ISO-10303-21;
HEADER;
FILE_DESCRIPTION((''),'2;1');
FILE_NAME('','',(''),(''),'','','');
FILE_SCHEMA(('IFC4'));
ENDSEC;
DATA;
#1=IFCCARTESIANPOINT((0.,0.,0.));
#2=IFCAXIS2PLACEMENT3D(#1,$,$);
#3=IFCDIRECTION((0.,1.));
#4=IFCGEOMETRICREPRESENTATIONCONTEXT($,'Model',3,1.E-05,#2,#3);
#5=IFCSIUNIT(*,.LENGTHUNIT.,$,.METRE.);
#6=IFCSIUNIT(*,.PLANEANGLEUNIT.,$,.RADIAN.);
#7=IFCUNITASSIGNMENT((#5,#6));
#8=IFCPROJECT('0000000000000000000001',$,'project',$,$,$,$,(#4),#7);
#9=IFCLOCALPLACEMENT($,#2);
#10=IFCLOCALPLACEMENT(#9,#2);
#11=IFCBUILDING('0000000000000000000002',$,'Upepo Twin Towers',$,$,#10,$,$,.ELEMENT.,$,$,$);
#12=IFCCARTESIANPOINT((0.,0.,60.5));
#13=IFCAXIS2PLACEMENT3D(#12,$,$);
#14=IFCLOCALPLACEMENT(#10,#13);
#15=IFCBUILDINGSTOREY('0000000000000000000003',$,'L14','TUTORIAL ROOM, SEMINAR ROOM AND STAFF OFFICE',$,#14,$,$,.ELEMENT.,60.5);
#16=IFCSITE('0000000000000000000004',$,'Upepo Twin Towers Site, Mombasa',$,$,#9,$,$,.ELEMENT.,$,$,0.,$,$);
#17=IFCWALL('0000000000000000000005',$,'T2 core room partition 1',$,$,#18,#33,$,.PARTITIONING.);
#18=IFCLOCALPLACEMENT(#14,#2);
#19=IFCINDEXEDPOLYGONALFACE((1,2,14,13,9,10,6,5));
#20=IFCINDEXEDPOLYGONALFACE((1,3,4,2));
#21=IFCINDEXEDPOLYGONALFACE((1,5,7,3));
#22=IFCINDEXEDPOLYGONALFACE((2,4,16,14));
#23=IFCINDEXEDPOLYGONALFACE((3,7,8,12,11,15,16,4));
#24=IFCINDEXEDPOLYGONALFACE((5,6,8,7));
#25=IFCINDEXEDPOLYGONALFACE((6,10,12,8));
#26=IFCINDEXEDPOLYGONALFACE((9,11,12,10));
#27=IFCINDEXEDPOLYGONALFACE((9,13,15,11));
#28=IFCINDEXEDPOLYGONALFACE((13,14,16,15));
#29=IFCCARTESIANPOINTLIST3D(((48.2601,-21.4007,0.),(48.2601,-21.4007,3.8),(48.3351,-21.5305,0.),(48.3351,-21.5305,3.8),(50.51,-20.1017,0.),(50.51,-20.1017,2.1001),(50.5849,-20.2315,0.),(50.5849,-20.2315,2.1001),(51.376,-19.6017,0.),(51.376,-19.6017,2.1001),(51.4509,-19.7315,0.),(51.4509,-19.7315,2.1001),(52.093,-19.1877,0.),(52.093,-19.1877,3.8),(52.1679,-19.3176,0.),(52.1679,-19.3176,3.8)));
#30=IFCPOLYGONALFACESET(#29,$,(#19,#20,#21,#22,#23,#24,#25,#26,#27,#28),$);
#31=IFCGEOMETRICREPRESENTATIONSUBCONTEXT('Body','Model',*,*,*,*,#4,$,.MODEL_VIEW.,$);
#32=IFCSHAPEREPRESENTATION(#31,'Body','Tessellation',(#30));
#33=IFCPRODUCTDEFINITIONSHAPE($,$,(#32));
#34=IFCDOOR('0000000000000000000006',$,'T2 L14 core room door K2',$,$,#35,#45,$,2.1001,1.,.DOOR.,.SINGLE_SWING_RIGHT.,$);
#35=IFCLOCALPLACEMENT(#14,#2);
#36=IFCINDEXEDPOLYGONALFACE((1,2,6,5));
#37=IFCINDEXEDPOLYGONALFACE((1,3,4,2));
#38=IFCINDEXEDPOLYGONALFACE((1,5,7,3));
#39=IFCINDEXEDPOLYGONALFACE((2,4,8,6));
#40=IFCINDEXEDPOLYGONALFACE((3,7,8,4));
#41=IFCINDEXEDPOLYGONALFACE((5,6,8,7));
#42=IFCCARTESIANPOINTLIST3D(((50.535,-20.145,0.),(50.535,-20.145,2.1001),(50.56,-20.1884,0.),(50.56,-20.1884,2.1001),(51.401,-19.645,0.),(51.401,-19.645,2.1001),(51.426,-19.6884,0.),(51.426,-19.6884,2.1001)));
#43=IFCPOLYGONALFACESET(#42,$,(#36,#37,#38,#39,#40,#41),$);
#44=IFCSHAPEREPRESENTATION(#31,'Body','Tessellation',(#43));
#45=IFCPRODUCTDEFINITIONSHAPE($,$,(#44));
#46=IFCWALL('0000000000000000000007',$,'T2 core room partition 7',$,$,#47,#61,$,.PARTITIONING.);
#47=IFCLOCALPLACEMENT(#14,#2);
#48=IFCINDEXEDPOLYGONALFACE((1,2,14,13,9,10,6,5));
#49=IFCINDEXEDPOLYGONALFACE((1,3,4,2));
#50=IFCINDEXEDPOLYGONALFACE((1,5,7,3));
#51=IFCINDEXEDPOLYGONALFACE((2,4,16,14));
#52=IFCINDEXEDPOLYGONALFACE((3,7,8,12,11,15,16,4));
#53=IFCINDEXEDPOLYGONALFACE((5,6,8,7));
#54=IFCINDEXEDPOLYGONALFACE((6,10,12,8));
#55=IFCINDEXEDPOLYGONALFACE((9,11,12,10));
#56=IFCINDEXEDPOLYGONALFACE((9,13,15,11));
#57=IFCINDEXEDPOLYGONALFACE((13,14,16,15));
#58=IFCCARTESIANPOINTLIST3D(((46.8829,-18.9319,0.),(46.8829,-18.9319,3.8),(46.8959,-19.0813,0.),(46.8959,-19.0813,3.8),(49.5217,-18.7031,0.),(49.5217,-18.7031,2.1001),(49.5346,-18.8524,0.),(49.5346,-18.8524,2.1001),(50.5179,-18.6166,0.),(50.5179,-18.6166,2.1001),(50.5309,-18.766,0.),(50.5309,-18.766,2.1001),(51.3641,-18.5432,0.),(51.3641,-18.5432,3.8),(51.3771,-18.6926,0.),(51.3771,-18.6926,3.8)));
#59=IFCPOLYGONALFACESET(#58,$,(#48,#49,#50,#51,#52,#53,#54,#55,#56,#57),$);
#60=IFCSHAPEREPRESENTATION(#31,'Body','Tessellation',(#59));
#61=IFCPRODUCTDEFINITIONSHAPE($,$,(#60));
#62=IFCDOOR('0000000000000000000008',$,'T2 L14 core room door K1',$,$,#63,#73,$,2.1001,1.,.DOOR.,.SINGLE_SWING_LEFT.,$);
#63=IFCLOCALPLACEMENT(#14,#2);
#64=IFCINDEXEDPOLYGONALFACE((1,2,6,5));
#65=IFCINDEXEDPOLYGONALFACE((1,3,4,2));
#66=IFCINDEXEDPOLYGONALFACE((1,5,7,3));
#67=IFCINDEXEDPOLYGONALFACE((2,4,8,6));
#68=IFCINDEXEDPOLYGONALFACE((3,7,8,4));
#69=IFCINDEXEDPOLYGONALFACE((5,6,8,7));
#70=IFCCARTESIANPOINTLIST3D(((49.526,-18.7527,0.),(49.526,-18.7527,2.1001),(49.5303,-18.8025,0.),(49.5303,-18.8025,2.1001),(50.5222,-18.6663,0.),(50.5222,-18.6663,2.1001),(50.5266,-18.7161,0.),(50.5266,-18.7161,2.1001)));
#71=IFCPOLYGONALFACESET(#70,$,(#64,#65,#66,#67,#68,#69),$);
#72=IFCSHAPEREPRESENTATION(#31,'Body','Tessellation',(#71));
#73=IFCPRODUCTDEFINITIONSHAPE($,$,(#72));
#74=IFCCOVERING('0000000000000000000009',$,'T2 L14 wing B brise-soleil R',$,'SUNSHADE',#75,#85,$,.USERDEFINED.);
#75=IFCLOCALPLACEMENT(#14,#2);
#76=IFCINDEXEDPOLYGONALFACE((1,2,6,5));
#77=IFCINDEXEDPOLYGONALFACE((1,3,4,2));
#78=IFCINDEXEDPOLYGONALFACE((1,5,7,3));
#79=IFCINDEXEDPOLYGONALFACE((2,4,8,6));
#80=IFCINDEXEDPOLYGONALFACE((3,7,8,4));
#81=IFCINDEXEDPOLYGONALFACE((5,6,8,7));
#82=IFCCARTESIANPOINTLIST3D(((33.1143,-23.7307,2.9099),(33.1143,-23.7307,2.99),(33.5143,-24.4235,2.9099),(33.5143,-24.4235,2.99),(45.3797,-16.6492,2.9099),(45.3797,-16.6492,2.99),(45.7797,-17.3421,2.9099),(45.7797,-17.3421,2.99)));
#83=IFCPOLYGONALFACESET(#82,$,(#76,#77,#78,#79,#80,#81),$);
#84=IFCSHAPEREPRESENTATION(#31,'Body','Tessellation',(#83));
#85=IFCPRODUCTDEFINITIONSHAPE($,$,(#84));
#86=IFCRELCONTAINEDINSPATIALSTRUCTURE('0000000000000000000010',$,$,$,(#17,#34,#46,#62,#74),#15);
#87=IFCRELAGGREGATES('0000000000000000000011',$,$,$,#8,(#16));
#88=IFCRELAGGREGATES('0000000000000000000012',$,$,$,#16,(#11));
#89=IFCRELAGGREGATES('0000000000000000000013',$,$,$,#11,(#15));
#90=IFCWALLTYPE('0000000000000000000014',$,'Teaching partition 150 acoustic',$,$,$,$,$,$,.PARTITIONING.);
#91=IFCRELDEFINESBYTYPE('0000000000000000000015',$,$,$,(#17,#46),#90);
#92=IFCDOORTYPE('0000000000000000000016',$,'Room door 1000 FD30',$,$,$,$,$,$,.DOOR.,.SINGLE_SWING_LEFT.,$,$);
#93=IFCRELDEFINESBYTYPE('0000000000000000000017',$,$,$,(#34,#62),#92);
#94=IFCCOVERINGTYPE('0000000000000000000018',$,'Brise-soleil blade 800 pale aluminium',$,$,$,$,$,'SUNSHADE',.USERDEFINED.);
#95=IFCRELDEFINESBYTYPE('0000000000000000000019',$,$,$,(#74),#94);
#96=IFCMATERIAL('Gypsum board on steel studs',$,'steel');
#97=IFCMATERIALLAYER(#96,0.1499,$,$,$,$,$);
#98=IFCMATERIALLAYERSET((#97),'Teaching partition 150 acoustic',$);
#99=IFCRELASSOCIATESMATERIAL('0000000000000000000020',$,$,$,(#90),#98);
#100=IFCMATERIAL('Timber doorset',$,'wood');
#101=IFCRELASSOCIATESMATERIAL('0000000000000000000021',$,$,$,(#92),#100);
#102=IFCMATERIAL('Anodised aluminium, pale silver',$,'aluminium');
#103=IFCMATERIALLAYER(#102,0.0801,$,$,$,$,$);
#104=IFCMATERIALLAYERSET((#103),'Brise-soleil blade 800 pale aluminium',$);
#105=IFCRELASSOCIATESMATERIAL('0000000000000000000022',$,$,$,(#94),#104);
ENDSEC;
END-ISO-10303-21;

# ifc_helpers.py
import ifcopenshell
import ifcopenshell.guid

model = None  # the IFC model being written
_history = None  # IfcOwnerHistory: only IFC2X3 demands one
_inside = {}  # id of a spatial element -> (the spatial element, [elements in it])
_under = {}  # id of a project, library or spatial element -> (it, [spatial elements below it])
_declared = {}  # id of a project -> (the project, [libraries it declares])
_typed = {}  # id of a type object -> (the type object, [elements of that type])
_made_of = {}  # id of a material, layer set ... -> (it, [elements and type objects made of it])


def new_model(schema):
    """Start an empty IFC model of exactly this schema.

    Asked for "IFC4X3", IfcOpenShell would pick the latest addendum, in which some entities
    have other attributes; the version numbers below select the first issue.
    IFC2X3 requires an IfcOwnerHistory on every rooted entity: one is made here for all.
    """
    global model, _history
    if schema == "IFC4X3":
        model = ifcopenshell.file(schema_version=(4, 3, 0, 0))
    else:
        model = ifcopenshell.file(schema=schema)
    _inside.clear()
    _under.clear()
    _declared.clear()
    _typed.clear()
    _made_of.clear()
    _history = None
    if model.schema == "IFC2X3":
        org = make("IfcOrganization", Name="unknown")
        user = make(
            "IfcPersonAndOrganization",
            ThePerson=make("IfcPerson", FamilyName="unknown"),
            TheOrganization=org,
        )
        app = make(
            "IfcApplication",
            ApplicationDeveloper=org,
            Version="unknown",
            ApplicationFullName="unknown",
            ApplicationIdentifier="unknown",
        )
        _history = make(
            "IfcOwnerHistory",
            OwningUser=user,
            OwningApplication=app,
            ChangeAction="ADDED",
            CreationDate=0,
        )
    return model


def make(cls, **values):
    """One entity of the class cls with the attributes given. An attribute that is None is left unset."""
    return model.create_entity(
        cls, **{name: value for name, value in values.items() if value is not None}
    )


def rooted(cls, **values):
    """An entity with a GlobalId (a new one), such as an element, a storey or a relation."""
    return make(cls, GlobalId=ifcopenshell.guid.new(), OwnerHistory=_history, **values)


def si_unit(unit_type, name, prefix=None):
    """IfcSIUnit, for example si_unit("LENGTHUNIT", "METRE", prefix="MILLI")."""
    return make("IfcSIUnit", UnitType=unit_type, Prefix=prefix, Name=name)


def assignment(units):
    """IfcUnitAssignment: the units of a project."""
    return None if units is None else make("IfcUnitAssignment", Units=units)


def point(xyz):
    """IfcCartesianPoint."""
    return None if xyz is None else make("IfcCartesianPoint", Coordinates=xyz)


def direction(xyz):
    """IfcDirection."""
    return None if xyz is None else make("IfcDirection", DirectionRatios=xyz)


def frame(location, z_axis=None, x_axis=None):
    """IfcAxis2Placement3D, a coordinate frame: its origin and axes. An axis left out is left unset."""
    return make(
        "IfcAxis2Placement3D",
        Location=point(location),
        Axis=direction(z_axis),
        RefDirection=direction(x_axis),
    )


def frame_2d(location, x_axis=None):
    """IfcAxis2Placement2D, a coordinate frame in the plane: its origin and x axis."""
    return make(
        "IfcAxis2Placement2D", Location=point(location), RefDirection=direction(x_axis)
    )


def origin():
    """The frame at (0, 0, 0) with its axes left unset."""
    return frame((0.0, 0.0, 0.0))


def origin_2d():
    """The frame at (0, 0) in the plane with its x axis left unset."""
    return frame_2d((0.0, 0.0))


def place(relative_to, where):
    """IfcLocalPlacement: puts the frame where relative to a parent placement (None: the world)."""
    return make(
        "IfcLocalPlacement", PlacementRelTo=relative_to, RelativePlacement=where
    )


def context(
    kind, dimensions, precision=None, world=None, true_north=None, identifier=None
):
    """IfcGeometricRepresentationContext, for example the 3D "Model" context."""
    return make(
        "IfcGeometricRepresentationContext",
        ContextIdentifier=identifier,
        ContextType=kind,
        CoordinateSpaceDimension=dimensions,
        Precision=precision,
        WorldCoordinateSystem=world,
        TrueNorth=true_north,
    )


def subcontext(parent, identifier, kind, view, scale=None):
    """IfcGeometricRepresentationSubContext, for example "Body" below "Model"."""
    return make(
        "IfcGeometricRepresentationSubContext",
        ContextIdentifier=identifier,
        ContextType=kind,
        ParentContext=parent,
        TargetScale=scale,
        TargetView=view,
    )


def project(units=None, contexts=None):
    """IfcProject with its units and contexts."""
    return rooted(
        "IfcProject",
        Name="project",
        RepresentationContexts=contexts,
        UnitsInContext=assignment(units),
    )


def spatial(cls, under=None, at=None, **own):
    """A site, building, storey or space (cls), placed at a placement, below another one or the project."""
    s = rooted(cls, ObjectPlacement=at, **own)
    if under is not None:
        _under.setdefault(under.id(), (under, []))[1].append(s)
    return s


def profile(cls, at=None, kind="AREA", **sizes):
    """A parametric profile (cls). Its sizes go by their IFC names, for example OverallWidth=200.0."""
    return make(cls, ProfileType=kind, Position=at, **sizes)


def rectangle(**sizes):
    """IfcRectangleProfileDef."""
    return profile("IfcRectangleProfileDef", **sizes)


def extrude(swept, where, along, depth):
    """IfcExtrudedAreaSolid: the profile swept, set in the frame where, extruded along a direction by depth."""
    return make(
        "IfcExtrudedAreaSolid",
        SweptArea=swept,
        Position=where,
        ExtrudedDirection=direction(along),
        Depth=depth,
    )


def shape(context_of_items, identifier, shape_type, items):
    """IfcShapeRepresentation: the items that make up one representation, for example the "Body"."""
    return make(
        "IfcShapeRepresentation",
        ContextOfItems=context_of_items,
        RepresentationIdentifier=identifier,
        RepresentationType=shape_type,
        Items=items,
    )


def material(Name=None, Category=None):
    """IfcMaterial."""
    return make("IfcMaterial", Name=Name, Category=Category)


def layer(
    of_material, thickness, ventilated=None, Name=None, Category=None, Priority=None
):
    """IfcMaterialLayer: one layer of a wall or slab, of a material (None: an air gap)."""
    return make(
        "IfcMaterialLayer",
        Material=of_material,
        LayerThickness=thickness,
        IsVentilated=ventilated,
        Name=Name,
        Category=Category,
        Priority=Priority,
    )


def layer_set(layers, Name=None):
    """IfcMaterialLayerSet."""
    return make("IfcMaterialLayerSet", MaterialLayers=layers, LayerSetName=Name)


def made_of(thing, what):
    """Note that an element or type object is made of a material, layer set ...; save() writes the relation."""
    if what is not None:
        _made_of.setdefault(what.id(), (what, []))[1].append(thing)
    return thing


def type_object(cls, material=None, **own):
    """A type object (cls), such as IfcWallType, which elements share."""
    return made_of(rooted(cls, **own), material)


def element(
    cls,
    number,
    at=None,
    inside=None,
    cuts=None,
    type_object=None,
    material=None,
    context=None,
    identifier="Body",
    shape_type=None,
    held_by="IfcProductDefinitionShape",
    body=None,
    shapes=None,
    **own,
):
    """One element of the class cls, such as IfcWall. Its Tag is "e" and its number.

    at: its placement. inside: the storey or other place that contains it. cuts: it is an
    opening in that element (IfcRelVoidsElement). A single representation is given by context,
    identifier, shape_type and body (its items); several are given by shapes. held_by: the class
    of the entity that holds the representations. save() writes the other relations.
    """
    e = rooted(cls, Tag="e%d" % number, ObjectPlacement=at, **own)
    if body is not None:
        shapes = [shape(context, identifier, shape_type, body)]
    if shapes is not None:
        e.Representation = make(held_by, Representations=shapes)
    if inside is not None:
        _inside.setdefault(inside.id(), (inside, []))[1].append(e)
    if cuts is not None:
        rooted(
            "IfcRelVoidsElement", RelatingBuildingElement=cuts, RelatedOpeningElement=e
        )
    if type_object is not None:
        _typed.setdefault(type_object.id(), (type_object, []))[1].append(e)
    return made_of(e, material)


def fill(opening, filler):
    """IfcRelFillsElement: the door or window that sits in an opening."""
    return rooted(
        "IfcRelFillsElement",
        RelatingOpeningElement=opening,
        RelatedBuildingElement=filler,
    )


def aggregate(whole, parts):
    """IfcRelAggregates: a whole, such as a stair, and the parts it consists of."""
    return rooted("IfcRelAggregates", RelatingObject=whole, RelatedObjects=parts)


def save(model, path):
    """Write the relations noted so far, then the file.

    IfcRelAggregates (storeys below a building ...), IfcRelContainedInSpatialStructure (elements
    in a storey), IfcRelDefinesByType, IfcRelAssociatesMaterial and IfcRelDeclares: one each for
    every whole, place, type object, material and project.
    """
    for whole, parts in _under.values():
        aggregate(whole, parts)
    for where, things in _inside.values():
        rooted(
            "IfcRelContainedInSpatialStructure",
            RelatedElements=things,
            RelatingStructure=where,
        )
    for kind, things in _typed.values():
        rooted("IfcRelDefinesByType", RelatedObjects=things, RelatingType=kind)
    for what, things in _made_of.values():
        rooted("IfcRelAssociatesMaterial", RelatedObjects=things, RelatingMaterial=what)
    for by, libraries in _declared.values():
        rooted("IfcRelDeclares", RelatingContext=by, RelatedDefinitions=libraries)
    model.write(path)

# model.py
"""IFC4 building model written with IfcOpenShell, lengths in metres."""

from ifc_helpers import new_model, si_unit, direction, frame, frame_2d, origin, origin_2d, place, context, subcontext, project, spatial, rectangle, extrude, material, layer, layer_set, type_object, element, fill, save


model = new_model("IFC4")

# Units and contexts
model_context = context("Model", 3, precision=1e-05, world=origin(), true_north=direction((0.0, 1.0)))
body_context = subcontext(model_context, "Body", "Model", "MODEL_VIEW")
ifc_project = project(units=[si_unit("LENGTHUNIT", "METRE"), si_unit("PLANEANGLEUNIT", "RADIAN")], contexts=[model_context])

# Site, building, storey
site_placement = place(None, origin())
site = spatial("IfcSite", under=ifc_project, at=site_placement, Name="Upepo Twin Towers Site, Mombasa", CompositionType="ELEMENT", RefElevation=0.0)
building_placement = place(site_placement, origin())
building = spatial("IfcBuilding", under=site, at=building_placement, Name="Upepo Twin Towers", CompositionType="ELEMENT")
storey_placement = place(building_placement, frame((0.0, 0.0, 60.5)))
storey = spatial("IfcBuildingStorey", under=building, at=storey_placement, Name="L14", Description="TUTORIAL ROOM, SEMINAR ROOM AND STAFF OFFICE", CompositionType="ELEMENT", Elevation=60.5)

# Walls, openings, doors
ifc_material_1 = material(Name="Gypsum board on steel studs", Category="steel")
ifc_layer_1 = layer(ifc_material_1, 0.1499)
ifc_layer_set_1 = layer_set([ifc_layer_1], Name="Teaching partition 150 acoustic")
wall_type_1 = type_object("IfcWallType", Name="Teaching partition 150 acoustic", PredefinedType="PARTITIONING", material=ifc_layer_set_1)
wall_1_placement = place(storey_placement, frame((48.2976, -21.4656, 0.0), z_axis=(0.0, 0.0, 1.0), x_axis=(0.866021, 0.500007, 0.0)))
wall_1 = element("IfcWall", 1, at=wall_1_placement, inside=storey, type_object=wall_type_1, Name="T2 core room partition 1", PredefinedType="PARTITIONING", context=body_context, shape_type="SweptSolid", body=[
    extrude(rectangle(XDim=4.4258, YDim=0.1499, at=frame_2d((2.2129, 0.0))), origin(), (0.0, 0.0, 1.0), 3.8),
])
opening_1_placement = place(wall_1_placement, frame((2.5979, 0.0, 0.0)))
opening_1 = element("IfcOpeningElement", 2, at=opening_1_placement, cuts=wall_1, PredefinedType="OPENING", context=body_context, shape_type="SweptSolid", body=[
    extrude(rectangle(XDim=1.0, YDim=2.1001, at=frame_2d((0.5, 1.05))), frame((0.0, 0.085, 0.0), z_axis=(0.0, -1.0, 0.0), x_axis=(1.0, 0.0, 0.0)), (0.0, 0.0, 1.0), 0.1699),
])
ifc_material_2 = material(Name="Timber doorset", Category="wood")
door_type = type_object("IfcDoorType", Name="Room door 1000 FD30", OperationType="SINGLE_SWING_LEFT", PredefinedType="DOOR", material=ifc_material_2)
door_1_placement = place(opening_1_placement, origin())
door_1 = element("IfcDoor", 3, at=door_1_placement, inside=storey, type_object=door_type, Name="T2 L14 core room door K2", OperationType="SINGLE_SWING_RIGHT", OverallHeight=2.1001, OverallWidth=1.0, PredefinedType="DOOR", context=body_context, shape_type="SweptSolid", body=[
    extrude(rectangle(XDim=1.0, YDim=2.1001, at=frame_2d((0.5, 1.05))), frame((0.0, 0.0249, 0.0), z_axis=(0.0, -1.0, 0.0), x_axis=(1.0, 0.0, 0.0)), (0.0, 0.0, 1.0), 0.05),
])
fill(opening_1, door_1)
wall_2_placement = place(storey_placement, frame((51.3706, -18.6179, 0.0), z_axis=(0.0, 0.0, 1.0), x_axis=(-0.99626, -0.086409, 0.0)))
wall_2 = element("IfcWall", 4, at=wall_2_placement, inside=storey, type_object=wall_type_1, Name="T2 core room partition 7", PredefinedType="PARTITIONING", context=body_context, shape_type="SweptSolid", body=[
    extrude(rectangle(XDim=4.498, YDim=0.1499, at=frame_2d((2.249, 0.0))), origin(), (0.0, 0.0, 1.0), 3.8),
])
opening_2_placement = place(wall_2_placement, frame((0.8494, 0.0, 0.0)))
opening_2 = element("IfcOpeningElement", 5, at=opening_2_placement, cuts=wall_2, PredefinedType="OPENING", context=body_context, shape_type="SweptSolid", body=[
    extrude(rectangle(XDim=1.0, YDim=2.1001, at=frame_2d((0.5, 1.05))), frame((0.0, 0.085, 0.0), z_axis=(0.0, -1.0, 0.0), x_axis=(1.0, 0.0, 0.0)), (0.0, 0.0, 1.0), 0.1699),
])
door_2_placement = place(opening_2_placement, origin())
door_2 = element("IfcDoor", 6, at=door_2_placement, inside=storey, type_object=door_type, Name="T2 L14 core room door K1", OperationType="SINGLE_SWING_LEFT", OverallHeight=2.1001, OverallWidth=1.0, PredefinedType="DOOR", context=body_context, shape_type="SweptSolid", body=[
    extrude(rectangle(XDim=1.0, YDim=2.1001, at=frame_2d((0.5, 1.05))), frame((0.0, 0.0249, 0.0), z_axis=(0.0, -1.0, 0.0), x_axis=(1.0, 0.0, 0.0)), (0.0, 0.0, 1.0), 0.05),
])
fill(opening_2, door_2)

# Covering
ifc_material_3 = material(Name="Anodised aluminium, pale silver", Category="aluminium")
ifc_layer_2 = layer(ifc_material_3, 0.0801)
ifc_layer_set_2 = layer_set([ifc_layer_2], Name="Brise-soleil blade 800 pale aluminium")
covering_type = type_object("IfcCoveringType", Name="Brise-soleil blade 800 pale aluminium", ElementType="SUNSHADE", PredefinedType="USERDEFINED", material=ifc_layer_set_2)
covering_placement = place(storey_placement, frame((39.447, -20.5364, 2.9099), z_axis=(0.0, 0.0, 1.0), x_axis=(-0.866025, -0.5, 0.0)))
element("IfcCovering", 7, at=covering_placement, inside=storey, type_object=covering_type, Name="T2 L14 wing B brise-soleil R", ObjectType="SUNSHADE", PredefinedType="USERDEFINED", context=body_context, shape_type="SweptSolid", body=[
    extrude(rectangle(XDim=14.1628, YDim=0.8, at=origin_2d()), origin(), (0.0, 0.0, 1.0), 0.0801),
])

save(model, "model.ifc")
